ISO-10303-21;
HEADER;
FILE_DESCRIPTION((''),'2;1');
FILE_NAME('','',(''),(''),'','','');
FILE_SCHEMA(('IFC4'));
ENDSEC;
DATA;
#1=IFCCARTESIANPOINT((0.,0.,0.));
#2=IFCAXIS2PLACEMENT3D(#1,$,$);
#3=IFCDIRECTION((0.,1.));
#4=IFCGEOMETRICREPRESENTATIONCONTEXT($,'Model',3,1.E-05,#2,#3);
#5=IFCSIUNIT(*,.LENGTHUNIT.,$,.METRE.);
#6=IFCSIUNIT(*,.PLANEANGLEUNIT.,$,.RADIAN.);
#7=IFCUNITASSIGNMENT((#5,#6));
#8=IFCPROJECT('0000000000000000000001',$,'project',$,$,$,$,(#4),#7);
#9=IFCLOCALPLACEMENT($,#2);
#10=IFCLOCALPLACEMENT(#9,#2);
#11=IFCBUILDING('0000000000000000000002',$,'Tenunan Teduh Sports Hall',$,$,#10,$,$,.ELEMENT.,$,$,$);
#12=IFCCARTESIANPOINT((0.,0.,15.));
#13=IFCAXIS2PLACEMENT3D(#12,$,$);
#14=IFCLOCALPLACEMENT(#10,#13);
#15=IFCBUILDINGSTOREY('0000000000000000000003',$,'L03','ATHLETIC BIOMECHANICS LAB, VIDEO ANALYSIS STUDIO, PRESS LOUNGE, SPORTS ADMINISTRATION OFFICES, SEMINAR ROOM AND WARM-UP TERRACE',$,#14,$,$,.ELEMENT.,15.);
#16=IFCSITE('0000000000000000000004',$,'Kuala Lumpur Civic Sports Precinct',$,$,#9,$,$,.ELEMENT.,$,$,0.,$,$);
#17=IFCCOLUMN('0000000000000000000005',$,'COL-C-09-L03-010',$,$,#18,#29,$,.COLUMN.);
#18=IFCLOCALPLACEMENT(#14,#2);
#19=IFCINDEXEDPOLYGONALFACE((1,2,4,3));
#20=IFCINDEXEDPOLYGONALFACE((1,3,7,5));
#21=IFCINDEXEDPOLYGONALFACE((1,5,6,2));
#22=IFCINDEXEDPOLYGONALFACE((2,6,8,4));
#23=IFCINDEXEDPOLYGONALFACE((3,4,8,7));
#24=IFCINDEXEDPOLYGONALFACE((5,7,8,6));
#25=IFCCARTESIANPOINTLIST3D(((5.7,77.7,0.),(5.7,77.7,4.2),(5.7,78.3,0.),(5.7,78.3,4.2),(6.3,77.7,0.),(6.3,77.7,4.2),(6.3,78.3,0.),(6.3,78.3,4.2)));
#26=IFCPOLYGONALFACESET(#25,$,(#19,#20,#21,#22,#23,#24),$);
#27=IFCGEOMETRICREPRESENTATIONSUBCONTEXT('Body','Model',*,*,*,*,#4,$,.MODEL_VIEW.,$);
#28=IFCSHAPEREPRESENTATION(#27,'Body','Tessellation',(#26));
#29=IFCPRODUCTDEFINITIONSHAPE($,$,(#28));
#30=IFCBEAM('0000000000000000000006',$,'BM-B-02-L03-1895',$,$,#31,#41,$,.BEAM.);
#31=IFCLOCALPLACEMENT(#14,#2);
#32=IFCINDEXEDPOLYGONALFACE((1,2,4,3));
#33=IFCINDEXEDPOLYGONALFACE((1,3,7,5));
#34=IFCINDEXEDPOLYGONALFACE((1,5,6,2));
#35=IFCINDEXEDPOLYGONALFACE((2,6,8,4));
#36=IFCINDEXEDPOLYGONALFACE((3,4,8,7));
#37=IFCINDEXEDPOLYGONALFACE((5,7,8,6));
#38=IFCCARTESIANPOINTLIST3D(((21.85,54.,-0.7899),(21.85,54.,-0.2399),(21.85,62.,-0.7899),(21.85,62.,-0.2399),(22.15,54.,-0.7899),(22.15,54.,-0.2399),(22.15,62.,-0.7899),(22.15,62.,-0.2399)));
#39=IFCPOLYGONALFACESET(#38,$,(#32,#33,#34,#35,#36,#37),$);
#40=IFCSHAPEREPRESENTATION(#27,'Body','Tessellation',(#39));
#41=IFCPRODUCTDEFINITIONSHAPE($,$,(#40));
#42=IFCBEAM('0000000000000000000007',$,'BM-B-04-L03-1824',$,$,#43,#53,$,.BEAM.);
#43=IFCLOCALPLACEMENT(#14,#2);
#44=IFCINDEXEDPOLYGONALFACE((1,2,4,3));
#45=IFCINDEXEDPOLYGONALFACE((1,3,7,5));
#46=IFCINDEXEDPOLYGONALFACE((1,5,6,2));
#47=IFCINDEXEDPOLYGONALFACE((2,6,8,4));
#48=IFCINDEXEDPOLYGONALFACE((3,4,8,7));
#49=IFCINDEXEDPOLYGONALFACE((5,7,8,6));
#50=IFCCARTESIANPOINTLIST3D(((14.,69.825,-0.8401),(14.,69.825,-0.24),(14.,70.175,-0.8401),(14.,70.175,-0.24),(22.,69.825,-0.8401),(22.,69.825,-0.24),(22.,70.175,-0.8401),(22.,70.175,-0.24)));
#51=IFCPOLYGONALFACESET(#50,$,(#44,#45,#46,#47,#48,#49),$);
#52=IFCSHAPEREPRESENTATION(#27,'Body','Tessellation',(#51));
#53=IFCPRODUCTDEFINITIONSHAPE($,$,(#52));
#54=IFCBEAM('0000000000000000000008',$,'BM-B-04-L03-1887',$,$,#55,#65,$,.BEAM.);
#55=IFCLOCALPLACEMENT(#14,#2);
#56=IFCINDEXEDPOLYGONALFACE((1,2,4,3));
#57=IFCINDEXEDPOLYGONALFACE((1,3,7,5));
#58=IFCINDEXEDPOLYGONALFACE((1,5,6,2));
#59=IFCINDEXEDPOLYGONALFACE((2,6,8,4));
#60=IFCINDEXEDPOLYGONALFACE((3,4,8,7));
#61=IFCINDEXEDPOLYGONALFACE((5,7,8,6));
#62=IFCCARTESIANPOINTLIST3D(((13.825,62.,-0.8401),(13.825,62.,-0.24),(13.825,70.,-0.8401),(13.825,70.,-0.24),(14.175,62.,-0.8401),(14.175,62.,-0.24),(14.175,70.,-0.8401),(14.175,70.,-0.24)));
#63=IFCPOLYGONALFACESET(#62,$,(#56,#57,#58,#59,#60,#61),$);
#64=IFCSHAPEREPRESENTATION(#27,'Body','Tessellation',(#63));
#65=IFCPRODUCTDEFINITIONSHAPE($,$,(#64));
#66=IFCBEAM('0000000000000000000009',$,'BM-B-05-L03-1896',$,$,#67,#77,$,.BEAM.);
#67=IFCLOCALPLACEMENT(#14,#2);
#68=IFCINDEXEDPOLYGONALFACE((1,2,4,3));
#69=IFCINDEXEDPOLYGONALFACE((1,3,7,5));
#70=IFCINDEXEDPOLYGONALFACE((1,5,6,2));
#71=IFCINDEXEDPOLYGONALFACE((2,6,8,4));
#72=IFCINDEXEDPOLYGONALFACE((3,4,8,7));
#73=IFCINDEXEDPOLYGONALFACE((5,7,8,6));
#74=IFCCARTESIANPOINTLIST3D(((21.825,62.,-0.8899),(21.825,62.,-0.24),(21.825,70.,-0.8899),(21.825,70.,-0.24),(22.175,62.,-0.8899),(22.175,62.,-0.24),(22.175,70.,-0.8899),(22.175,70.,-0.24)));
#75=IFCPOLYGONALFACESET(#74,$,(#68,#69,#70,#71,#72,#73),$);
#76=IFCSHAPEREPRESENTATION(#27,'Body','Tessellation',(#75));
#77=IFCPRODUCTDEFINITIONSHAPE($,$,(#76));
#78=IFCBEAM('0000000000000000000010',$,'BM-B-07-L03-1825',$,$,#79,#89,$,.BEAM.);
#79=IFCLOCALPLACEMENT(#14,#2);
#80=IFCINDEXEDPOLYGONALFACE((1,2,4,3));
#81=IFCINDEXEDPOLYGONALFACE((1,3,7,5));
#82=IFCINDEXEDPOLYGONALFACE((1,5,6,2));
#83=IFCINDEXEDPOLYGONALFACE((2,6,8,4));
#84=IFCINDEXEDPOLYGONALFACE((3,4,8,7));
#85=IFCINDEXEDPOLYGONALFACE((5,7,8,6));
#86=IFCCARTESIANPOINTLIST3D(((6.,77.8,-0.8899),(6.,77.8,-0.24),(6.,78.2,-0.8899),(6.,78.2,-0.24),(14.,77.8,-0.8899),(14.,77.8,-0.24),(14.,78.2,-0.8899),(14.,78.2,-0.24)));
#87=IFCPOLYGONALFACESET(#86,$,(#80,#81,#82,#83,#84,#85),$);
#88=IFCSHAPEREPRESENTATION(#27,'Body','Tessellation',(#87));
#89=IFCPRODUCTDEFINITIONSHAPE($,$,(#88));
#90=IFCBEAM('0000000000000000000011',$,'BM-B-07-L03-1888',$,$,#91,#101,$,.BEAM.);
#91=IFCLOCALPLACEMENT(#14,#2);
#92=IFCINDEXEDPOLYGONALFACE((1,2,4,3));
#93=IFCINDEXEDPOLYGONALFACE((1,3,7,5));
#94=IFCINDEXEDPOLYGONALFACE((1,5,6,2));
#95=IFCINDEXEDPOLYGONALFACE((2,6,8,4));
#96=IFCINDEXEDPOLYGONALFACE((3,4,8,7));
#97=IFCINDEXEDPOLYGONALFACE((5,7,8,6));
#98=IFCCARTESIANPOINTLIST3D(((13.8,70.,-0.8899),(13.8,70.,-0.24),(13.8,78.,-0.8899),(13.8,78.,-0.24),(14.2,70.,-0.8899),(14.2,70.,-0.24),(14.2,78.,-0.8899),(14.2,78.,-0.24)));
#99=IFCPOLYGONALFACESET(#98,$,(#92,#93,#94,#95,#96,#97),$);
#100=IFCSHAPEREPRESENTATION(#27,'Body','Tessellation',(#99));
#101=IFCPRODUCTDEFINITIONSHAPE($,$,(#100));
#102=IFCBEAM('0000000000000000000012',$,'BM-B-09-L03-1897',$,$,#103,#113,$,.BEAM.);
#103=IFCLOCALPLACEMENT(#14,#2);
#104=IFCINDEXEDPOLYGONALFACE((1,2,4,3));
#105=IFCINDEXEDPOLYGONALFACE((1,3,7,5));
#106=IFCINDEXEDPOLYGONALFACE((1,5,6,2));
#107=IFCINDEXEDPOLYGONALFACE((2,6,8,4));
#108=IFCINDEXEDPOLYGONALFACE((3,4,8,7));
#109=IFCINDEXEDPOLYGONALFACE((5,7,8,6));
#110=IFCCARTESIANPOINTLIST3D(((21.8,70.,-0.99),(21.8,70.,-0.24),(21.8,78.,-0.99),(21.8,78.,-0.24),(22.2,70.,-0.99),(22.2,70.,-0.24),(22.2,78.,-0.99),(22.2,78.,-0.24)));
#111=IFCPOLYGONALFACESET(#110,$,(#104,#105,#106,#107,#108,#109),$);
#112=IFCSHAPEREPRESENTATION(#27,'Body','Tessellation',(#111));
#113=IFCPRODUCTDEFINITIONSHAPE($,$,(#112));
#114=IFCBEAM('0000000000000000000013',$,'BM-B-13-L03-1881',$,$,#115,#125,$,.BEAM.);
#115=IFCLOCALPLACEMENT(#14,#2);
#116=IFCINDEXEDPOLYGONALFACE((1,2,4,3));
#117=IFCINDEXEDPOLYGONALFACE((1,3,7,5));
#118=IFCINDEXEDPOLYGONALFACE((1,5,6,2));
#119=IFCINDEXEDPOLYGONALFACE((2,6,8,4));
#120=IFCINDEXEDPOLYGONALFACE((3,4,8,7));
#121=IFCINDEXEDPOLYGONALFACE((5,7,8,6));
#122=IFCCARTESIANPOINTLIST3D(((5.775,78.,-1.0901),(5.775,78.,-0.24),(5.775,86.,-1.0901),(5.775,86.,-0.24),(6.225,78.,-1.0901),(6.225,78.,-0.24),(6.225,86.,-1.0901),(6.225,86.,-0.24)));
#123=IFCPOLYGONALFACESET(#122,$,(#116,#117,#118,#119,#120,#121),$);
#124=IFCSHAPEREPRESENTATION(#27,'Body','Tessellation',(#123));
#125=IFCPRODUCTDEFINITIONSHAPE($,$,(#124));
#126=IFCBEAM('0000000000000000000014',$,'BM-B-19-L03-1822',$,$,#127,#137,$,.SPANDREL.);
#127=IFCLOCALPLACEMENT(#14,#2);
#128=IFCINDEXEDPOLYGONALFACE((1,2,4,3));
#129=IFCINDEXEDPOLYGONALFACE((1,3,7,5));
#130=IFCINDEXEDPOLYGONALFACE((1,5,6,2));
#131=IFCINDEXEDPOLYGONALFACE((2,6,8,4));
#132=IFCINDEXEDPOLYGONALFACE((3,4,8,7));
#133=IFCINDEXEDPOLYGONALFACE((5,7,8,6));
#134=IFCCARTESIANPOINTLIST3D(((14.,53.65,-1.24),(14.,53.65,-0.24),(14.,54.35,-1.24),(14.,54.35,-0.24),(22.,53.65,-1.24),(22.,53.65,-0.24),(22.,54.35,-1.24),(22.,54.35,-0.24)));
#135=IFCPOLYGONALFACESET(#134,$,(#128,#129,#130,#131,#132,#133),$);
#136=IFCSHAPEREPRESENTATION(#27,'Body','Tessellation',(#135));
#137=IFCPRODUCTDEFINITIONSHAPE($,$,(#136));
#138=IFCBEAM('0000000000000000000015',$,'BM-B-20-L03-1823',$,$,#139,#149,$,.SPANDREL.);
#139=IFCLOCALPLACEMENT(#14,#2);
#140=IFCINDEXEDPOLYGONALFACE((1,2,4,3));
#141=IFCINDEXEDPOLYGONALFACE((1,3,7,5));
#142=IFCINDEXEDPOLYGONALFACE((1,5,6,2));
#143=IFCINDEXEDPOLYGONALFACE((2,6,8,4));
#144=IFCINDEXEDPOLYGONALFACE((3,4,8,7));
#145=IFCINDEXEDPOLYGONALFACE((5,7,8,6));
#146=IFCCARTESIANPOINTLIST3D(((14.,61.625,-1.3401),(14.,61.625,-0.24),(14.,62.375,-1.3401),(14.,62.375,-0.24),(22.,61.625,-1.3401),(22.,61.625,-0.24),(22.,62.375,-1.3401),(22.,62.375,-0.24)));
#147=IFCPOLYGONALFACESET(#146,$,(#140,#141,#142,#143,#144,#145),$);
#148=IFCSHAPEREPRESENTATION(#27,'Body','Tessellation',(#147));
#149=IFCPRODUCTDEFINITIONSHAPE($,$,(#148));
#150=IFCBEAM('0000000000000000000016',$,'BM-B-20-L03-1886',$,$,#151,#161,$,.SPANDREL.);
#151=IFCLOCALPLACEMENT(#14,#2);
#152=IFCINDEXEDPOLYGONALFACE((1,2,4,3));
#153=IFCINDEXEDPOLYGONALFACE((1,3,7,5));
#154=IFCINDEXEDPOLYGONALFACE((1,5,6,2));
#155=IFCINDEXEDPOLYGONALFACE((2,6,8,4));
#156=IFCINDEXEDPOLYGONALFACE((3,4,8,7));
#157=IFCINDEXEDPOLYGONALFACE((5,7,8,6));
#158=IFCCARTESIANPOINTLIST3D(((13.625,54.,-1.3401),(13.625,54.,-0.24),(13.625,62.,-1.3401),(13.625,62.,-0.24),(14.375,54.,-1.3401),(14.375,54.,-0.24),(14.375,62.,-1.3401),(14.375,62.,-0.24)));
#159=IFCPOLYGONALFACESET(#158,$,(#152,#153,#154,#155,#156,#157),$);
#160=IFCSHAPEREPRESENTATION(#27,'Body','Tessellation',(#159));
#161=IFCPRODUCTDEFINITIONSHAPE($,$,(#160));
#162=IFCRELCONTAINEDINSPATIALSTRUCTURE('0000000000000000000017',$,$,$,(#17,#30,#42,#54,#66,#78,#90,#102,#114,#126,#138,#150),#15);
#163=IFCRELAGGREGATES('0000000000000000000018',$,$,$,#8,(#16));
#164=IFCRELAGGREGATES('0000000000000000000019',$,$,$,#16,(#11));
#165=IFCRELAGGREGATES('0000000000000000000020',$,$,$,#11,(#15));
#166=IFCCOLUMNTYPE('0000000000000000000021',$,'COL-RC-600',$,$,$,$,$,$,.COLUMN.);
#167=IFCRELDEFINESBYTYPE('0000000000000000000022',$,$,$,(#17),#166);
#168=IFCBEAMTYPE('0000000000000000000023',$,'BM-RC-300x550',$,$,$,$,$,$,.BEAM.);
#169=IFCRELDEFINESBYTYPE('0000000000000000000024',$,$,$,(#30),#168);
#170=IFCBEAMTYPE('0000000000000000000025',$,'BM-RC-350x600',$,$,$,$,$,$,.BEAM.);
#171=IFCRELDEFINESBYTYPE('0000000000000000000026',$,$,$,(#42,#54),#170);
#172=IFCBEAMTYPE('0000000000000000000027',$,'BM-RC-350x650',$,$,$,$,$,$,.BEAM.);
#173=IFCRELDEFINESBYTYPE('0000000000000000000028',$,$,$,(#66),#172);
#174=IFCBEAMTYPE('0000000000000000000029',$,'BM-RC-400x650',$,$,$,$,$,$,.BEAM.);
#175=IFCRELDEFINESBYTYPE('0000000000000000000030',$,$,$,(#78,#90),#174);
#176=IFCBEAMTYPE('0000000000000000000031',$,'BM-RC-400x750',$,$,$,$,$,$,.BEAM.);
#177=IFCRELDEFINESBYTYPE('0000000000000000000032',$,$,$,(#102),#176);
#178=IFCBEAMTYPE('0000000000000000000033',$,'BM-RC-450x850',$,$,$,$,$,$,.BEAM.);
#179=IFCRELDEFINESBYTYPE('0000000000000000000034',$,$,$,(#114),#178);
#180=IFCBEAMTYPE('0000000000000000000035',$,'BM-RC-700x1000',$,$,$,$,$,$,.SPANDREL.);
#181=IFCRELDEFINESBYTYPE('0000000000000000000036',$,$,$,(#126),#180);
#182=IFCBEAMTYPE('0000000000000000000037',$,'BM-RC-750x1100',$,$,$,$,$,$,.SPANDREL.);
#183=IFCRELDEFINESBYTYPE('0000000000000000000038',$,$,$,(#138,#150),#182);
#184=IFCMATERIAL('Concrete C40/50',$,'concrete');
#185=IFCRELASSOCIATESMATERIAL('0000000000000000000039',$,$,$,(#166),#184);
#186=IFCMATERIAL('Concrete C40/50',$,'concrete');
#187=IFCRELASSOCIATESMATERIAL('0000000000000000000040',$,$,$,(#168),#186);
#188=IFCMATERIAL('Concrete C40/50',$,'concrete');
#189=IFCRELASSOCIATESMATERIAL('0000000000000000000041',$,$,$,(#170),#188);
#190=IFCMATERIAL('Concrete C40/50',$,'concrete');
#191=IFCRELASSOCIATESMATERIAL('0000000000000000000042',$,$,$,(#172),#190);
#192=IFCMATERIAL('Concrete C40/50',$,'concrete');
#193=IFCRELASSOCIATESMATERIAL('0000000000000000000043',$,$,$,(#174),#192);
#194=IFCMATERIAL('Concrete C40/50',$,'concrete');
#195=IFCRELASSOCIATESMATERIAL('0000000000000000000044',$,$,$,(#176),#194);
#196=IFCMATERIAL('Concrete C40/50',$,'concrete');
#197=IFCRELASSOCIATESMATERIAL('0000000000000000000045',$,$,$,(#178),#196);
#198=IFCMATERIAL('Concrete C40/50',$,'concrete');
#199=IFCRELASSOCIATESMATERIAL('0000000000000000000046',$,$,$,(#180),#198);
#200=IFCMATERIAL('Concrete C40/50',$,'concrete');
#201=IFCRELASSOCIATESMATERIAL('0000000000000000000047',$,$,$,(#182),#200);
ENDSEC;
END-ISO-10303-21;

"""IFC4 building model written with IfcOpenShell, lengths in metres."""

from ifc_helpers import new_model, si_unit, direction, frame, origin, origin_2d, place, context, subcontext, project, spatial, rectangle, extrude, material, material_profile, profile_set, type_object, element, save


model = new_model("IFC4")

# Units and contexts
model_context = context("Model", 3, precision=1e-05, world=origin(), true_north=direction((0.0, 1.0)))
body_context = subcontext(model_context, "Body", "Model", "MODEL_VIEW")
ifc_project = project(units=[si_unit("LENGTHUNIT", "METRE"), si_unit("PLANEANGLEUNIT", "RADIAN")], contexts=[model_context])

# Site, building, storey
site_placement = place(None, origin())
site = spatial("IfcSite", under=ifc_project, at=site_placement, Name="Kuala Lumpur Civic Sports Precinct", CompositionType="ELEMENT", RefElevation=0.0)
building_placement = place(site_placement, origin())
building = spatial("IfcBuilding", under=site, at=building_placement, Name="Tenunan Teduh Sports Hall", CompositionType="ELEMENT")
storey_placement = place(building_placement, frame((0.0, 0.0, 15.0)))
storey = spatial("IfcBuildingStorey", under=building, at=storey_placement, Name="L03", Description="ATHLETIC BIOMECHANICS LAB, VIDEO ANALYSIS STUDIO, PRESS LOUNGE, SPORTS ADMINISTRATION OFFICES, SEMINAR ROOM AND WARM-UP TERRACE", CompositionType="ELEMENT", Elevation=15.0)

# Column
ifc_material_1 = material(Name="Concrete C40/50", Category="concrete")
ifc_material_profile_1 = material_profile(ifc_material_1, rectangle(XDim=0.6001, YDim=0.6001, at=origin_2d()), Name="RC 600x600")
ifc_profile_set_1 = profile_set([ifc_material_profile_1], Name="Concrete C40/50")
column_type = type_object("IfcColumnType", Name="COL-RC-600", PredefinedType="COLUMN", material=ifc_profile_set_1)
column_placement = place(storey_placement, frame((6.0, 78.0, 0.0), z_axis=(0.0, 0.0, 1.0), x_axis=(1.0, 0.0, 0.0)))
element("IfcColumn", 1, at=column_placement, inside=storey, type_object=column_type, Name="COL-C-09-L03-010", PredefinedType="COLUMN", context=body_context, shape_type="SweptSolid", body=[
    extrude(rectangle(XDim=0.6001, YDim=0.6001, at=origin_2d()), origin(), (0.0, 0.0, 1.0), 4.2),
])

# Beams
ifc_material_2 = material(Name="Concrete C40/50", Category="concrete")
ifc_material_profile_2 = material_profile(ifc_material_2, rectangle(XDim=0.3, YDim=0.55, at=origin_2d()), Name="RCB 300x550")
ifc_profile_set_2 = profile_set([ifc_material_profile_2], Name="Concrete C40/50")
beam_type_1 = type_object("IfcBeamType", Name="BM-RC-300x550", PredefinedType="BEAM", material=ifc_profile_set_2)
beam_1_placement = place(storey_placement, frame((22.0, 54.0, -0.5149), z_axis=(0.0, 1.0, 0.0), x_axis=(-1.0, 0.0, 0.0)))
element("IfcBeam", 2, at=beam_1_placement, inside=storey, type_object=beam_type_1, Name="BM-B-02-L03-1895", PredefinedType="BEAM", context=body_context, shape_type="SweptSolid", body=[
    extrude(rectangle(XDim=0.3, YDim=0.55, at=origin_2d()), origin(), (0.0, 0.0, 1.0), 8.0),
])
ifc_material_3 = material(Name="Concrete C40/50", Category="concrete")
ifc_material_profile_3 = material_profile(ifc_material_3, rectangle(XDim=0.3501, YDim=0.6001, at=origin_2d()), Name="RCB 350x600")
ifc_profile_set_3 = profile_set([ifc_material_profile_3], Name="Concrete C40/50")
beam_type_2 = type_object("IfcBeamType", Name="BM-RC-350x600", PredefinedType="BEAM", material=ifc_profile_set_3)
for number, where, z_axis, x_axis, name in (
    (3, (14.0, 70.0, -0.54), (1.0, 0.0, 0.0), (0.0, 1.0, 0.0), "BM-B-04-L03-1824"),
    (4, (14.0, 62.0, -0.54), (0.0, 1.0, 0.0), (-1.0, 0.0, 0.0), "BM-B-04-L03-1887"),
):
    element("IfcBeam", number, at=place(storey_placement, frame(where, z_axis=z_axis, x_axis=x_axis)), inside=storey, type_object=beam_type_2, Name=name, PredefinedType="BEAM", context=body_context, shape_type="SweptSolid", body=[
        extrude(rectangle(XDim=0.3501, YDim=0.6001, at=origin_2d()), origin(), (0.0, 0.0, 1.0), 8.0),
    ])
ifc_material_4 = material(Name="Concrete C40/50", Category="concrete")
ifc_material_profile_4 = material_profile(ifc_material_4, rectangle(XDim=0.3501, YDim=0.6499, at=origin_2d()), Name="RCB 350x650")
ifc_profile_set_4 = profile_set([ifc_material_profile_4], Name="Concrete C40/50")
beam_type_3 = type_object("IfcBeamType", Name="BM-RC-350x650", PredefinedType="BEAM", material=ifc_profile_set_4)
beam_2_placement = place(storey_placement, frame((22.0, 62.0, -0.5649), z_axis=(0.0, 1.0, 0.0), x_axis=(-1.0, 0.0, 0.0)))
element("IfcBeam", 5, at=beam_2_placement, inside=storey, type_object=beam_type_3, Name="BM-B-05-L03-1896", PredefinedType="BEAM", context=body_context, shape_type="SweptSolid", body=[
    extrude(rectangle(XDim=0.3501, YDim=0.6499, at=origin_2d()), origin(), (0.0, 0.0, 1.0), 8.0),
])
ifc_material_5 = material(Name="Concrete C40/50", Category="concrete")
ifc_material_profile_5 = material_profile(ifc_material_5, rectangle(XDim=0.3999, YDim=0.6499, at=origin_2d()), Name="RCB 400x650")
ifc_profile_set_5 = profile_set([ifc_material_profile_5], Name="Concrete C40/50")
beam_type_4 = type_object("IfcBeamType", Name="BM-RC-400x650", PredefinedType="BEAM", material=ifc_profile_set_5)
for number, where, z_axis, x_axis, name in (
    (6, (6.0, 78.0, -0.5649), (1.0, 0.0, 0.0), (0.0, 1.0, 0.0), "BM-B-07-L03-1825"),
    (7, (14.0, 70.0, -0.5649), (0.0, 1.0, 0.0), (-1.0, 0.0, 0.0), "BM-B-07-L03-1888"),
):
    element("IfcBeam", number, at=place(storey_placement, frame(where, z_axis=z_axis, x_axis=x_axis)), inside=storey, type_object=beam_type_4, Name=name, PredefinedType="BEAM", context=body_context, shape_type="SweptSolid", body=[
        extrude(rectangle(XDim=0.3999, YDim=0.6499, at=origin_2d()), origin(), (0.0, 0.0, 1.0), 8.0),
    ])
ifc_material_6 = material(Name="Concrete C40/50", Category="concrete")
ifc_material_profile_6 = material_profile(ifc_material_6, rectangle(XDim=0.3999, YDim=0.75, at=origin_2d()), Name="RCB 400x750")
ifc_profile_set_6 = profile_set([ifc_material_profile_6], Name="Concrete C40/50")
beam_type_5 = type_object("IfcBeamType", Name="BM-RC-400x750", PredefinedType="BEAM", material=ifc_profile_set_6)
beam_3_placement = place(storey_placement, frame((22.0, 70.0, -0.615), z_axis=(0.0, 1.0, 0.0), x_axis=(-1.0, 0.0, 0.0)))
element("IfcBeam", 8, at=beam_3_placement, inside=storey, type_object=beam_type_5, Name="BM-B-09-L03-1897", PredefinedType="BEAM", context=body_context, shape_type="SweptSolid", body=[
    extrude(rectangle(XDim=0.3999, YDim=0.75, at=origin_2d()), origin(), (0.0, 0.0, 1.0), 8.0),
])
ifc_material_7 = material(Name="Concrete C40/50", Category="concrete")
ifc_material_profile_7 = material_profile(ifc_material_7, rectangle(XDim=0.45, YDim=0.8501, at=origin_2d()), Name="RCB 450x850")
ifc_profile_set_7 = profile_set([ifc_material_profile_7], Name="Concrete C40/50")
beam_type_6 = type_object("IfcBeamType", Name="BM-RC-450x850", PredefinedType="BEAM", material=ifc_profile_set_7)
beam_4_placement = place(storey_placement, frame((6.0, 78.0, -0.665), z_axis=(0.0, 1.0, 0.0), x_axis=(-1.0, 0.0, 0.0)))
element("IfcBeam", 9, at=beam_4_placement, inside=storey, type_object=beam_type_6, Name="BM-B-13-L03-1881", PredefinedType="BEAM", context=body_context, shape_type="SweptSolid", body=[
    extrude(rectangle(XDim=0.45, YDim=0.8501, at=origin_2d()), origin(), (0.0, 0.0, 1.0), 8.0),
])
ifc_material_8 = material(Name="Concrete C40/50", Category="concrete")
ifc_material_profile_8 = material_profile(ifc_material_8, rectangle(XDim=0.7, YDim=1.0, at=origin_2d()), Name="RCB 700x1000")
ifc_profile_set_8 = profile_set([ifc_material_profile_8], Name="Concrete C40/50")
beam_type_7 = type_object("IfcBeamType", Name="BM-RC-700x1000", PredefinedType="SPANDREL", material=ifc_profile_set_8)
beam_5_placement = place(storey_placement, frame((14.0, 54.0, -0.74), z_axis=(1.0, 0.0, 0.0), x_axis=(0.0, 1.0, 0.0)))
element("IfcBeam", 10, at=beam_5_placement, inside=storey, type_object=beam_type_7, Name="BM-B-19-L03-1822", PredefinedType="SPANDREL", context=body_context, shape_type="SweptSolid", body=[
    extrude(rectangle(XDim=0.7, YDim=1.0, at=origin_2d()), origin(), (0.0, 0.0, 1.0), 8.0),
])
ifc_material_9 = material(Name="Concrete C40/50", Category="concrete")
ifc_material_profile_9 = material_profile(ifc_material_9, rectangle(XDim=0.75, YDim=1.1001, at=origin_2d()), Name="RCB 750x1100")
ifc_profile_set_9 = profile_set([ifc_material_profile_9], Name="Concrete C40/50")
beam_type_8 = type_object("IfcBeamType", Name="BM-RC-750x1100", PredefinedType="SPANDREL", material=ifc_profile_set_9)
for number, where, z_axis, x_axis, name in (
    (11, (14.0, 62.0, -0.79), (1.0, 0.0, 0.0), (0.0, 1.0, 0.0), "BM-B-20-L03-1823"),
    (12, (14.0, 54.0, -0.79), (0.0, 1.0, 0.0), (-1.0, 0.0, 0.0), "BM-B-20-L03-1886"),
):
    element("IfcBeam", number, at=place(storey_placement, frame(where, z_axis=z_axis, x_axis=x_axis)), inside=storey, type_object=beam_type_8, Name=name, PredefinedType="SPANDREL", context=body_context, shape_type="SweptSolid", body=[
        extrude(rectangle(XDim=0.75, YDim=1.1001, at=origin_2d()), origin(), (0.0, 0.0, 1.0), 8.0),
    ])

save(model, "model.ifc")
